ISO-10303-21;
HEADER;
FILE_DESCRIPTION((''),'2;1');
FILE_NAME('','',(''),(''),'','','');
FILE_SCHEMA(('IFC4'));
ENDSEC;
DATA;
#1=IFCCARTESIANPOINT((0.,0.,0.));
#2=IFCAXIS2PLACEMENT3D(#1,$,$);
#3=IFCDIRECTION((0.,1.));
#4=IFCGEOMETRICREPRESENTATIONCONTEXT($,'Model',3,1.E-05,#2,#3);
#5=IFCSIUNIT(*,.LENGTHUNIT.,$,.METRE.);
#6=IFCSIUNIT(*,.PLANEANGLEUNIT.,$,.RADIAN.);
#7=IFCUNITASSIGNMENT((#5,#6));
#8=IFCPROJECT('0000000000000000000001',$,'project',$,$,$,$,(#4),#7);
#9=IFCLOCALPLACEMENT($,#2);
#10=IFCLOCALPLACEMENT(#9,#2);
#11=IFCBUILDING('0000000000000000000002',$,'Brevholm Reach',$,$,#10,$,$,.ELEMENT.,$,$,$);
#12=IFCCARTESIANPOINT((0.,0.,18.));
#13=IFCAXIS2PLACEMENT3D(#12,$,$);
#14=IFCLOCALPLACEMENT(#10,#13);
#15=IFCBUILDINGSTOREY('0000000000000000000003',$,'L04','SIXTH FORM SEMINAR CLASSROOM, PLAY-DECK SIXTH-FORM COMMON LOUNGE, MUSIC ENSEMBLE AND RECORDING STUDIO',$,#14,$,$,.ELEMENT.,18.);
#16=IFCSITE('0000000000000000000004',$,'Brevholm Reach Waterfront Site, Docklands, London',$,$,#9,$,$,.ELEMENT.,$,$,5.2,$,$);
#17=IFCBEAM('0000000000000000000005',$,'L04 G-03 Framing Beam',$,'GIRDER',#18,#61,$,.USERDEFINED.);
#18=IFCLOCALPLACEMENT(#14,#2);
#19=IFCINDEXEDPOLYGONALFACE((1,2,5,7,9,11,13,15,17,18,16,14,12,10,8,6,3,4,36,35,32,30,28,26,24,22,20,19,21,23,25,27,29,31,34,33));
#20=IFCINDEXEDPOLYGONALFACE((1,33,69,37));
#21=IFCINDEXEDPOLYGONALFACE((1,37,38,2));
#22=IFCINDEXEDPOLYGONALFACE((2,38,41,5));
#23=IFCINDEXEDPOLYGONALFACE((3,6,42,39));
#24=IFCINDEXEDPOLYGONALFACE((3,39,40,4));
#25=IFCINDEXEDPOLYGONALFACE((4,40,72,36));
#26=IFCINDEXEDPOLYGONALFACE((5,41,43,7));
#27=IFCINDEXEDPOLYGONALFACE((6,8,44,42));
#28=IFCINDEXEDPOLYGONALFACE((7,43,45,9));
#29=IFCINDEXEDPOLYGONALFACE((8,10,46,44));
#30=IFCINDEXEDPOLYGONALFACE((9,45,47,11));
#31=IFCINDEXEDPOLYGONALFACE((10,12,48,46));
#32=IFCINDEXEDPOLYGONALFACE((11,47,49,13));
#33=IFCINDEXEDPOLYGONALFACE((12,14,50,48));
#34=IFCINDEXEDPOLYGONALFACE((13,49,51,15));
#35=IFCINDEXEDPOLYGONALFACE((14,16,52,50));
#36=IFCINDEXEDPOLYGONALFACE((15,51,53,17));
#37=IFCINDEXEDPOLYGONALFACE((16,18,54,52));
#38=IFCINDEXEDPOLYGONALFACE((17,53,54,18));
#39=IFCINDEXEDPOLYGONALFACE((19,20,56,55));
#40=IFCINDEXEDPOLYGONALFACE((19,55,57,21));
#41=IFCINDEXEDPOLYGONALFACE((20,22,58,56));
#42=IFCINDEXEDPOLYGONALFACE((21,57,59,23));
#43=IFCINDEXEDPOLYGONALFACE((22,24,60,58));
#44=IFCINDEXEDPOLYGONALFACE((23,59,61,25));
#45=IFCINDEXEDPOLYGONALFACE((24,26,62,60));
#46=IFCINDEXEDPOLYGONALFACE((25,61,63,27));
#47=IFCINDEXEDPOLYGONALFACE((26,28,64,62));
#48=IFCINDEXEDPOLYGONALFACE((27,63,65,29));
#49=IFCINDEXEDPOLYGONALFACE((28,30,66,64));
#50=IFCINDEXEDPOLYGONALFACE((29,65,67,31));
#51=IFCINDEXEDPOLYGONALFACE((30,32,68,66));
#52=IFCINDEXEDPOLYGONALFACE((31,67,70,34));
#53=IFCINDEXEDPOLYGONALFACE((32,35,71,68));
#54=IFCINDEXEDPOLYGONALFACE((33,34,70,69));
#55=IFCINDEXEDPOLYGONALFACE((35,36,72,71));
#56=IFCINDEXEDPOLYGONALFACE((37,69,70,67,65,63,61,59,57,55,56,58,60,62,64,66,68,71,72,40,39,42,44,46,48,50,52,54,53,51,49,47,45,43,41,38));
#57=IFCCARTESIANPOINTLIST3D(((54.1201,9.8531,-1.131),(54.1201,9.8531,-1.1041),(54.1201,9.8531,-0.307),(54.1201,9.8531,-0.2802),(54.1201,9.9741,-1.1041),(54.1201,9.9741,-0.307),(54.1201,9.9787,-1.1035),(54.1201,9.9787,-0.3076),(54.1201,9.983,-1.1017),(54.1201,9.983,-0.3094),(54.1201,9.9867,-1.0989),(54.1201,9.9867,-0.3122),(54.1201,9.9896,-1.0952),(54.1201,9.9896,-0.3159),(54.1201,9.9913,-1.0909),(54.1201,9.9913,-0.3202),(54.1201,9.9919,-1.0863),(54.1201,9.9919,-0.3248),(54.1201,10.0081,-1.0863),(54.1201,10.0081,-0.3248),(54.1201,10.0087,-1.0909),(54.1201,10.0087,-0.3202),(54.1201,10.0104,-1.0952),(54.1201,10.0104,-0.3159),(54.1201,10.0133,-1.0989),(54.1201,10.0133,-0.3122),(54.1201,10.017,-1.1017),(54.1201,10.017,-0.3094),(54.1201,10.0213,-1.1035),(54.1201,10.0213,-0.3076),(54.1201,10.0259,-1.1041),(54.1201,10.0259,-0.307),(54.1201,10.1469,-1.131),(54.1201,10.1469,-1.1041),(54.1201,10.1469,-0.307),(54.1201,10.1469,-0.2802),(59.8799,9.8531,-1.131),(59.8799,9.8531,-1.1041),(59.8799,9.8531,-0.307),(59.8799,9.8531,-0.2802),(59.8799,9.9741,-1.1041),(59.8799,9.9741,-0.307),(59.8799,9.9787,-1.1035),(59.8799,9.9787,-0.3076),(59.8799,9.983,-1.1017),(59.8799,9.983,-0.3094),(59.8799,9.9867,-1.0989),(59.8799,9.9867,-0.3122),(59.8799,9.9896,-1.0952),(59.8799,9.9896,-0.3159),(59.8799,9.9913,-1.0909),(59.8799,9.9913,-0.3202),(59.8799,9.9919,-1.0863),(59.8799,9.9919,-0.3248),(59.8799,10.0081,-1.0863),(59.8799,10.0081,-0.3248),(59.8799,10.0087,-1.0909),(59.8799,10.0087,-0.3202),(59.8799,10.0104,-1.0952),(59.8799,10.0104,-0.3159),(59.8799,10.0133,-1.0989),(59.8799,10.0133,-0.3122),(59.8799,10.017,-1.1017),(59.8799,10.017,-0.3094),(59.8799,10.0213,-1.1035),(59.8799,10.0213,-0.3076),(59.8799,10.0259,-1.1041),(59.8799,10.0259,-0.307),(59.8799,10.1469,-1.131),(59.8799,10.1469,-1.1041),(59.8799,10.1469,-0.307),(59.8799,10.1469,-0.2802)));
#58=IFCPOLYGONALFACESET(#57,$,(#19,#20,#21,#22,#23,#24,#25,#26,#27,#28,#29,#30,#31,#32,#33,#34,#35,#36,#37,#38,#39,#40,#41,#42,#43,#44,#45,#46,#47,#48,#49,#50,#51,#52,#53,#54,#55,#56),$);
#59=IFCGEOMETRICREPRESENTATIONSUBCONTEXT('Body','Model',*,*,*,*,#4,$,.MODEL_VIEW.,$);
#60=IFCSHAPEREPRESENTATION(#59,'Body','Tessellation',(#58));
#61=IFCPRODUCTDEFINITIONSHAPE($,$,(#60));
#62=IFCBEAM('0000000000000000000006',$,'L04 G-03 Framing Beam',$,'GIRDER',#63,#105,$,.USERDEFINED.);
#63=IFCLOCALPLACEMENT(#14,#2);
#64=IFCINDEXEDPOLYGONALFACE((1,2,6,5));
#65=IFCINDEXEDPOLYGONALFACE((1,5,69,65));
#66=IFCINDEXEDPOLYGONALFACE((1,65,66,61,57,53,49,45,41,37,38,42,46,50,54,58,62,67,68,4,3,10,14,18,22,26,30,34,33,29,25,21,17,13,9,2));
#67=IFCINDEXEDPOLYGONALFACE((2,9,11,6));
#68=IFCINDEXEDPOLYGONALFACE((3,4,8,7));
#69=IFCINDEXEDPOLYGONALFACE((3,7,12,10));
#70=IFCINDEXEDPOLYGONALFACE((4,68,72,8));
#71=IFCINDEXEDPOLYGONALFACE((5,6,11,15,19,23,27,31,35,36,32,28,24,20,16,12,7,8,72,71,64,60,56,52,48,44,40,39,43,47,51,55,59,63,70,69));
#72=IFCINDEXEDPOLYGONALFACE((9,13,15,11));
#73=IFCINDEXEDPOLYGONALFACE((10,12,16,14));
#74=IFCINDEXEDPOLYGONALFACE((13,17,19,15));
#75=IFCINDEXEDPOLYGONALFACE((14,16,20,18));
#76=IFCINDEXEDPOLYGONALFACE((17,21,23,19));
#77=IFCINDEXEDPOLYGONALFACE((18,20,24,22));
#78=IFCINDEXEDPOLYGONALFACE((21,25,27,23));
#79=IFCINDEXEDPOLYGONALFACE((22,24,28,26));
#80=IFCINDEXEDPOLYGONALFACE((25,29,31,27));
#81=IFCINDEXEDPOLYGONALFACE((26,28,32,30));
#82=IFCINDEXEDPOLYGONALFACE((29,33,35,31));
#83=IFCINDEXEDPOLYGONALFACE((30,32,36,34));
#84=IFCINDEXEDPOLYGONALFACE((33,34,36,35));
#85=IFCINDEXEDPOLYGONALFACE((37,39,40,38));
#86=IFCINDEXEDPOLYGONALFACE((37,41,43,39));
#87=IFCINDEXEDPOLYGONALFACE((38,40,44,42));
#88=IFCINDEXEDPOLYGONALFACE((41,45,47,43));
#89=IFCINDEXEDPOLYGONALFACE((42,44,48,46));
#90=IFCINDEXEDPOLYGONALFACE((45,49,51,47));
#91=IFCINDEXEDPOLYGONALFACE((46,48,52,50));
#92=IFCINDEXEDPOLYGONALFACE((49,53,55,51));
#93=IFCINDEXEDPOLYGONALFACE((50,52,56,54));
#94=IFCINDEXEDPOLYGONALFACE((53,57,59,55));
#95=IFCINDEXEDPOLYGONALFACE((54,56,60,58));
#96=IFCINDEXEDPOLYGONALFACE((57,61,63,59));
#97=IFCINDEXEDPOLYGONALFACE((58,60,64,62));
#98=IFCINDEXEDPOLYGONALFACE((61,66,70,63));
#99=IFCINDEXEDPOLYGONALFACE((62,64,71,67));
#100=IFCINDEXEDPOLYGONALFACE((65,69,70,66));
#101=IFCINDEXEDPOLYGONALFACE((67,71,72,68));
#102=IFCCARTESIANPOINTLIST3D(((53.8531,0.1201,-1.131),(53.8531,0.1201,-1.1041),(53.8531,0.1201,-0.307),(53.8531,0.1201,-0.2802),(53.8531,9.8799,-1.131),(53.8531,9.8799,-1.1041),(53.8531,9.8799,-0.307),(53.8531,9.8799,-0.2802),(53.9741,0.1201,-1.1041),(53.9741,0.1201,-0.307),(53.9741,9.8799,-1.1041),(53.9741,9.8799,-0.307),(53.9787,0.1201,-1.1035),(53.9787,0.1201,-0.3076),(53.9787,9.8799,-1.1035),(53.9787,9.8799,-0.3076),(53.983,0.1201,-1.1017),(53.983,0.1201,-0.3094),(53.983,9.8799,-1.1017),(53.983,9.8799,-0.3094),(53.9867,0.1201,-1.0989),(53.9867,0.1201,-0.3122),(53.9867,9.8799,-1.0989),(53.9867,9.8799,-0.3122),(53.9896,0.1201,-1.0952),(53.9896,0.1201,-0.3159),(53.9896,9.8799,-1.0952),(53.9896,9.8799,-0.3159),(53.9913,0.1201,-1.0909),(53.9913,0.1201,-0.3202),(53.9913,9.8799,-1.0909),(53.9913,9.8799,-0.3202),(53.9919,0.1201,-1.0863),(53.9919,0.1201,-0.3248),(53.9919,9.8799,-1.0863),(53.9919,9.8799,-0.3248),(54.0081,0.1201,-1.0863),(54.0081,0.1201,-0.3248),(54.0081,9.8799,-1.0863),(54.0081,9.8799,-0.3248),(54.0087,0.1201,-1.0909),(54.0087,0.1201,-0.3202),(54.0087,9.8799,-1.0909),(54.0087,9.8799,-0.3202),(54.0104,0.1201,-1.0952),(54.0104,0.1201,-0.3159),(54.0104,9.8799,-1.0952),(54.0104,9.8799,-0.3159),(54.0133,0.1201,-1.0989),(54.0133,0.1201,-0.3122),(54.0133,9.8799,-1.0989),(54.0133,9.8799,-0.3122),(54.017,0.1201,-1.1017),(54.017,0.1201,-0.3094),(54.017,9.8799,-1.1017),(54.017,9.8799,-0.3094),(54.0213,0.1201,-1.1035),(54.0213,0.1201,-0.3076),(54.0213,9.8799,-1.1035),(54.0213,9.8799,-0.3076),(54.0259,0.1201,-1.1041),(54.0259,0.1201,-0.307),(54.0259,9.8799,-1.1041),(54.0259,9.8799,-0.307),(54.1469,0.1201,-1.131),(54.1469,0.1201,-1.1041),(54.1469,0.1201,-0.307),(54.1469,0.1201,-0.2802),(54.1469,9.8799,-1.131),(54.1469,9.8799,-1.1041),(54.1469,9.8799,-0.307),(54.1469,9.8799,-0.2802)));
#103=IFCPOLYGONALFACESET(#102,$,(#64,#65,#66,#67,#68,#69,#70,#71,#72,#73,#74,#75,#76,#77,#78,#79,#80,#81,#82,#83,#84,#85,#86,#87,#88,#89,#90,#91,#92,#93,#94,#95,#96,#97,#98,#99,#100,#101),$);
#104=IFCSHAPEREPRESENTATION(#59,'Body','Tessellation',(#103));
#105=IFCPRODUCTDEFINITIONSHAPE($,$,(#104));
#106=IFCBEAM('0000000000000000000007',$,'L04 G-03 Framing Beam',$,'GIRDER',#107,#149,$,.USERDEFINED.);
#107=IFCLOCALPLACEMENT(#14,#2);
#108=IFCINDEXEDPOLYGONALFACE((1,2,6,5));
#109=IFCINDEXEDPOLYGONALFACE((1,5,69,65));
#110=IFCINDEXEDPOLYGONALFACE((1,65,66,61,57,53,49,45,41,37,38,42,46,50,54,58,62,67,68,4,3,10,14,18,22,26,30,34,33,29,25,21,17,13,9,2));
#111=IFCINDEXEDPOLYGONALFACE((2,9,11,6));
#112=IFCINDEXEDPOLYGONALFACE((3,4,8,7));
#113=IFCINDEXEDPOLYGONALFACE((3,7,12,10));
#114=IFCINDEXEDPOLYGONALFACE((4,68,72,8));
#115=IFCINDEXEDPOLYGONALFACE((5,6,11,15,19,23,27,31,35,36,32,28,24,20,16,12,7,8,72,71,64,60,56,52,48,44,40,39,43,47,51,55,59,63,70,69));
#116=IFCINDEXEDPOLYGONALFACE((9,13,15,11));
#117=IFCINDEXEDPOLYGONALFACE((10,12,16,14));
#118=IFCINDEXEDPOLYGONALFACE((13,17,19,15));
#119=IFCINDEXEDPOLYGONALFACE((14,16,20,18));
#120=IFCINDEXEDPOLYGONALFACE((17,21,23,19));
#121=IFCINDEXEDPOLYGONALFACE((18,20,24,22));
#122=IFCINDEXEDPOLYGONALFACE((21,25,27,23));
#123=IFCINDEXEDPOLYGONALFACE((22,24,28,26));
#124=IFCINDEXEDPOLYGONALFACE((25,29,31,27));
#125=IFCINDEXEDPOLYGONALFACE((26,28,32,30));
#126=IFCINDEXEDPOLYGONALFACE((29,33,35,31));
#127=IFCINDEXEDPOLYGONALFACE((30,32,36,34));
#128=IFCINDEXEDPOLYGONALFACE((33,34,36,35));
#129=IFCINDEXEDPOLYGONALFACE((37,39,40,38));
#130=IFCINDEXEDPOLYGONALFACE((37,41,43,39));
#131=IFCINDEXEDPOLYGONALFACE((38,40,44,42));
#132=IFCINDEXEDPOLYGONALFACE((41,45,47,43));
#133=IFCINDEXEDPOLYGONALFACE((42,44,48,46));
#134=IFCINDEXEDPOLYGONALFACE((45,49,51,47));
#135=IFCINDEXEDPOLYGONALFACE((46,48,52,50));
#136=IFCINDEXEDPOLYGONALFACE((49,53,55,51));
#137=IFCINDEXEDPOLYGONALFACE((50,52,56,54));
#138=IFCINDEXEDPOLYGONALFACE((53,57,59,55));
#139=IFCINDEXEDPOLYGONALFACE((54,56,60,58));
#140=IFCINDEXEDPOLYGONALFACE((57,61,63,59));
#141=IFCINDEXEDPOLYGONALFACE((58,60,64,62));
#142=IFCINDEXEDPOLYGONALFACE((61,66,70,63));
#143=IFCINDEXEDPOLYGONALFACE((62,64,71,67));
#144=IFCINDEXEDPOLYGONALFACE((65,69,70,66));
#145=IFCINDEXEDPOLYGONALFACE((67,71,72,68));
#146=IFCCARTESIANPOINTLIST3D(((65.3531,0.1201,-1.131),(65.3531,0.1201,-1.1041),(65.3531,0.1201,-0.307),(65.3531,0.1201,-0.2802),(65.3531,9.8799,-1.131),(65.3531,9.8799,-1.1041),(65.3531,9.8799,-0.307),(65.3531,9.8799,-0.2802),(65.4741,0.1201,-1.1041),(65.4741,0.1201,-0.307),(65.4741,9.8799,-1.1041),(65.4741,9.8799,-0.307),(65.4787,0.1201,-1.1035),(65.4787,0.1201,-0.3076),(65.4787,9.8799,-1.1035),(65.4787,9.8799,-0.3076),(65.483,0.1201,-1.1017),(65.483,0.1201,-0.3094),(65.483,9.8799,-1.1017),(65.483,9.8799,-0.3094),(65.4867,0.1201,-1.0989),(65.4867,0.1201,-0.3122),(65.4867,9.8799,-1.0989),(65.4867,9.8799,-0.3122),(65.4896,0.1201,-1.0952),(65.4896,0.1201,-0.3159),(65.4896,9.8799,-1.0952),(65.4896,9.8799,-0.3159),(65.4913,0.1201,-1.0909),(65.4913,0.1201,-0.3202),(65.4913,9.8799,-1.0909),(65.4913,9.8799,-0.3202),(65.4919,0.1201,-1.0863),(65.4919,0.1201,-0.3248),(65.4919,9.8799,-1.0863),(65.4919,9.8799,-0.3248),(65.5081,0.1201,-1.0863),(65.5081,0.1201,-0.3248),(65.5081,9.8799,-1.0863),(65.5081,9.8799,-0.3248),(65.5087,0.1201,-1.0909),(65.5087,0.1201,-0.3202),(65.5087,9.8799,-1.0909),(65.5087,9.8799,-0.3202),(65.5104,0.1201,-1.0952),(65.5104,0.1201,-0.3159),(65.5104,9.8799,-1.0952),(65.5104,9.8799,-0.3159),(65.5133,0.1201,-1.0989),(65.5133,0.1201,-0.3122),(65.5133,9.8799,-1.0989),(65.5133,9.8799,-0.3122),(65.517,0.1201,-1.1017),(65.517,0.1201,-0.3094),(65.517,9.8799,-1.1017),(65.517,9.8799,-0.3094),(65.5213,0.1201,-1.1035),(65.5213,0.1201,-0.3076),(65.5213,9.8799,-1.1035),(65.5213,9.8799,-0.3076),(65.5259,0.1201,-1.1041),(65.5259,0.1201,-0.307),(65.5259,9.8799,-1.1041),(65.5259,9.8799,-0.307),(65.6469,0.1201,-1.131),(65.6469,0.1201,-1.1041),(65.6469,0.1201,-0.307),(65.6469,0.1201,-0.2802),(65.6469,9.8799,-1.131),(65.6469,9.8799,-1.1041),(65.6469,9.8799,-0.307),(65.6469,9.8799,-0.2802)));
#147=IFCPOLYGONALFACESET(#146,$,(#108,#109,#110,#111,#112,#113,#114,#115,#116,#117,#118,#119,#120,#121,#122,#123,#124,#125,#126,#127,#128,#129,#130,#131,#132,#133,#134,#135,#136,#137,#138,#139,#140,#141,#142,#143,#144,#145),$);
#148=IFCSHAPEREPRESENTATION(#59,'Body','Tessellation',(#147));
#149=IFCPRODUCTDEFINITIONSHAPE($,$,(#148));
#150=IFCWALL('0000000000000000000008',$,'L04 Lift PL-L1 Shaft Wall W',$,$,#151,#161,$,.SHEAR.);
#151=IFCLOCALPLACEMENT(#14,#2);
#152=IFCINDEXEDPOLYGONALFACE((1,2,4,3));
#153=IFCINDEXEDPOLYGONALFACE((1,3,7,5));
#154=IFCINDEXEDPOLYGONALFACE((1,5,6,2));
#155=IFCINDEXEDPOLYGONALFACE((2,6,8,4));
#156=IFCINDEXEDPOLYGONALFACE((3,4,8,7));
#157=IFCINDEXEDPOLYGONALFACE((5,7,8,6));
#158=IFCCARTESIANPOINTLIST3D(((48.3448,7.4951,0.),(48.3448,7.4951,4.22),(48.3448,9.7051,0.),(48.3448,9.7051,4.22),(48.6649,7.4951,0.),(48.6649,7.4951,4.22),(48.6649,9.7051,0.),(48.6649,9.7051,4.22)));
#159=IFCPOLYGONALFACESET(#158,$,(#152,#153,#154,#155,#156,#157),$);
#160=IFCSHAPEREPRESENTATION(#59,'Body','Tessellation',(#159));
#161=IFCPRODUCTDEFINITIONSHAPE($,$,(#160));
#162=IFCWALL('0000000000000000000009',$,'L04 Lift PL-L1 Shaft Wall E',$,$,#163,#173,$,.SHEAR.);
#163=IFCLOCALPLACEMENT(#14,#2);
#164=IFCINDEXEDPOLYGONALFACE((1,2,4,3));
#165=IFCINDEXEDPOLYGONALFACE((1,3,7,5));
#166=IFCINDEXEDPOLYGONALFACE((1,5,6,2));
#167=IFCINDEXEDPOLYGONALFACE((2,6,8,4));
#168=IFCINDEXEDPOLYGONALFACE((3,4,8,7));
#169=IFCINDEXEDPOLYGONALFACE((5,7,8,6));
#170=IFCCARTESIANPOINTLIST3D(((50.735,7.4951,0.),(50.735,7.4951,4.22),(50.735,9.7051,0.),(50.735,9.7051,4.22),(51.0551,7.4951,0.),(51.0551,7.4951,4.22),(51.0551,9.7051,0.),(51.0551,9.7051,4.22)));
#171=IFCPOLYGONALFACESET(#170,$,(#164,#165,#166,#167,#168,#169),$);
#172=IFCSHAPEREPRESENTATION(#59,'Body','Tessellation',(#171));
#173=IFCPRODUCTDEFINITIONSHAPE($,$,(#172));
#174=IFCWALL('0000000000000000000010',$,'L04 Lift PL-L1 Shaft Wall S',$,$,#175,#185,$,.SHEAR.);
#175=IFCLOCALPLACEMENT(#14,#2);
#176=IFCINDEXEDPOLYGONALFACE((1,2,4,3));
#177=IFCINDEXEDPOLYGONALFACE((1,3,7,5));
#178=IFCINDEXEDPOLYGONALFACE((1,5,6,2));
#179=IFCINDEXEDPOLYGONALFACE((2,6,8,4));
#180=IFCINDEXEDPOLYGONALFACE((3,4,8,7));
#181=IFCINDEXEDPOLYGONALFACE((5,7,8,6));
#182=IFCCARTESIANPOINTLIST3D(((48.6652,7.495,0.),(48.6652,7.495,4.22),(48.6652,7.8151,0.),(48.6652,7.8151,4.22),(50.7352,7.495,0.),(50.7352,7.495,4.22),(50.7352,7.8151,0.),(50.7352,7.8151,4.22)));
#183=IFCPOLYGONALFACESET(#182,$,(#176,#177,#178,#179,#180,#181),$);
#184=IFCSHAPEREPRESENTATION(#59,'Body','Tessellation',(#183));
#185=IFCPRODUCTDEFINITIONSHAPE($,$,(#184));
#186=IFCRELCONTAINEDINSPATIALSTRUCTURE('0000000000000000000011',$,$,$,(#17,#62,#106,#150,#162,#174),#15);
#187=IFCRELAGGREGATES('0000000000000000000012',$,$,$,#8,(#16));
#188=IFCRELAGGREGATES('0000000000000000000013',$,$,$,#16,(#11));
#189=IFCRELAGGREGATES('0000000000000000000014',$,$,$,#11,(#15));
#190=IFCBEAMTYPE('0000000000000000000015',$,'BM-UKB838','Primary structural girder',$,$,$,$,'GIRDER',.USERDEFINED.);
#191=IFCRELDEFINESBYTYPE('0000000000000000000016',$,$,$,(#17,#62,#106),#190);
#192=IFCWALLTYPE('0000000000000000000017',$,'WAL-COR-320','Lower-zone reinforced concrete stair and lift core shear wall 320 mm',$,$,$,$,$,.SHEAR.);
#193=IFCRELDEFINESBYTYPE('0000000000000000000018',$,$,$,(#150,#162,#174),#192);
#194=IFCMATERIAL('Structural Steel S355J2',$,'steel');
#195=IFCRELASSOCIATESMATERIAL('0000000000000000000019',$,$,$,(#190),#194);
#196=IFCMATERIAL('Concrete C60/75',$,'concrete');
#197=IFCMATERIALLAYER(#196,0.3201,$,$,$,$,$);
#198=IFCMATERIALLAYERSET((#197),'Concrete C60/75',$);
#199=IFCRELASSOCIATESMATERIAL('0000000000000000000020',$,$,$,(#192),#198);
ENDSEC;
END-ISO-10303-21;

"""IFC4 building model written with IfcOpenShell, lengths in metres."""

from ifc_helpers import new_model, si_unit, direction, frame, frame_2d, origin, origin_2d, place, context, subcontext, project, spatial, rectangle, i_section, extrude, material, layer, layer_set, material_profile, profile_set, type_object, element, save


model = new_model("IFC4")

# Units and contexts
model_context = context("Model", 3, precision=1e-05, world=origin(), true_north=direction((0.0, 1.0)))
body_context = subcontext(model_context, "Body", "Model", "MODEL_VIEW")
ifc_project = project(units=[si_unit("LENGTHUNIT", "METRE"), si_unit("PLANEANGLEUNIT", "RADIAN")], contexts=[model_context])

# Site, building, storey
site_placement = place(None, origin())
site = spatial("IfcSite", under=ifc_project, at=site_placement, Name="Brevholm Reach Waterfront Site, Docklands, London", CompositionType="ELEMENT", RefElevation=5.2)
building_placement = place(site_placement, origin())
building = spatial("IfcBuilding", under=site, at=building_placement, Name="Brevholm Reach", CompositionType="ELEMENT")
storey_placement = place(building_placement, frame((0.0, 0.0, 18.0)))
storey = spatial("IfcBuildingStorey", under=building, at=storey_placement, Name="L04", Description="SIXTH FORM SEMINAR CLASSROOM, PLAY-DECK SIXTH-FORM COMMON LOUNGE, MUSIC ENSEMBLE AND RECORDING STUDIO", CompositionType="ELEMENT", Elevation=18.0)

# Beams
ifc_material_1 = material(Name="Structural Steel S355J2", Category="steel")
ifc_material_profile_1 = material_profile(ifc_material_1, i_section(OverallWidth=0.2937, OverallDepth=0.8508, WebThickness=0.0161, FlangeThickness=0.0269, FilletRadius=0.0178, at=origin_2d()), Name="UKB 838x292x226")
ifc_profile_set_1 = profile_set([ifc_material_profile_1], Name="Structural Steel S355J2")
beam_type_1 = type_object("IfcBeamType", Name="BM-UKB838", Description="Primary structural girder", ElementType="GIRDER", PredefinedType="USERDEFINED", material=ifc_profile_set_1)
for number, where, z_axis, x_axis, name in (
    (1, (54.1201, 10.0, -0.7056), (1.0, 0.0, 0.0), (0.0, 1.0, 0.0), "L04 G-03 Framing Beam"),
):
    element("IfcBeam", number, at=place(storey_placement, frame(where, z_axis=z_axis, x_axis=x_axis)), inside=storey, type_object=beam_type_1, Name=name, ObjectType="GIRDER", PredefinedType="USERDEFINED", context=body_context, shape_type="SweptSolid", body=[
        extrude(i_section(OverallWidth=0.2937, OverallDepth=0.8508, WebThickness=0.0161, FlangeThickness=0.0269, FilletRadius=0.0178, at=origin_2d()), origin(), (0.0, 0.0, 1.0), 5.7598),
    ])
for number, where, z_axis, x_axis, name in (
    (2, (54.0, 0.1201, -0.7056), (0.0, 1.0, 0.0), (-1.0, 0.0, 0.0), "L04 G-03 Framing Beam"),
    (3, (65.5, 0.1201, -0.7056), (0.0, 1.0, 0.0), (-1.0, 0.0, 0.0), "L04 G-03 Framing Beam"),
):
    element("IfcBeam", number, at=place(storey_placement, frame(where, z_axis=z_axis, x_axis=x_axis)), inside=storey, type_object=beam_type_1, Name=name, ObjectType="GIRDER", PredefinedType="USERDEFINED", context=body_context, shape_type="SweptSolid", body=[
        extrude(i_section(OverallWidth=0.2937, OverallDepth=0.8508, WebThickness=0.0161, FlangeThickness=0.0269, FilletRadius=0.0178, at=origin_2d()), origin(), (0.0, 0.0, 1.0), 9.7598),
    ])

# Walls
ifc_material_2 = material(Name="Concrete C60/75", Category="concrete")
ifc_layer_1 = layer(ifc_material_2, 0.3201)
ifc_layer_set_1 = layer_set([ifc_layer_1], Name="Concrete C60/75")
wall_type_1 = type_object("IfcWallType", Name="WAL-COR-320", Description="Lower-zone reinforced concrete stair and lift core shear wall 320 mm", PredefinedType="SHEAR", material=ifc_layer_set_1)
for number, where, z_axis, x_axis, name in (
    (4, (48.5049, 7.4951, 0.0), (0.0, 0.0, 1.0), (0.0, 1.0, 0.0), "L04 Lift PL-L1 Shaft Wall W"),
    (5, (50.895, 7.4951, 0.0), (0.0, 0.0, 1.0), (0.0, 1.0, 0.0), "L04 Lift PL-L1 Shaft Wall E"),
):
    element("IfcWall", number, at=place(storey_placement, frame(where, z_axis=z_axis, x_axis=x_axis)), inside=storey, type_object=wall_type_1, Name=name, PredefinedType="SHEAR", context=body_context, shape_type="SweptSolid", body=[
        extrude(rectangle(XDim=2.21, YDim=0.3201, at=frame_2d((1.105, 0.0))), origin(), (0.0, 0.0, 1.0), 4.22),
    ])
wall_1_placement = place(storey_placement, frame((48.665, 7.655, 0.0), z_axis=(0.0, 0.0, 1.0), x_axis=(1.0, 0.0, 0.0)))
element("IfcWall", 6, at=wall_1_placement, inside=storey, type_object=wall_type_1, Name="L04 Lift PL-L1 Shaft Wall S", PredefinedType="SHEAR", context=body_context, shape_type="SweptSolid", body=[
    extrude(rectangle(XDim=2.0701, YDim=0.3201, at=frame_2d((1.0352, 0.0))), origin(), (0.0, 0.0, 1.0), 4.22),
])

save(model, "model.ifc")
